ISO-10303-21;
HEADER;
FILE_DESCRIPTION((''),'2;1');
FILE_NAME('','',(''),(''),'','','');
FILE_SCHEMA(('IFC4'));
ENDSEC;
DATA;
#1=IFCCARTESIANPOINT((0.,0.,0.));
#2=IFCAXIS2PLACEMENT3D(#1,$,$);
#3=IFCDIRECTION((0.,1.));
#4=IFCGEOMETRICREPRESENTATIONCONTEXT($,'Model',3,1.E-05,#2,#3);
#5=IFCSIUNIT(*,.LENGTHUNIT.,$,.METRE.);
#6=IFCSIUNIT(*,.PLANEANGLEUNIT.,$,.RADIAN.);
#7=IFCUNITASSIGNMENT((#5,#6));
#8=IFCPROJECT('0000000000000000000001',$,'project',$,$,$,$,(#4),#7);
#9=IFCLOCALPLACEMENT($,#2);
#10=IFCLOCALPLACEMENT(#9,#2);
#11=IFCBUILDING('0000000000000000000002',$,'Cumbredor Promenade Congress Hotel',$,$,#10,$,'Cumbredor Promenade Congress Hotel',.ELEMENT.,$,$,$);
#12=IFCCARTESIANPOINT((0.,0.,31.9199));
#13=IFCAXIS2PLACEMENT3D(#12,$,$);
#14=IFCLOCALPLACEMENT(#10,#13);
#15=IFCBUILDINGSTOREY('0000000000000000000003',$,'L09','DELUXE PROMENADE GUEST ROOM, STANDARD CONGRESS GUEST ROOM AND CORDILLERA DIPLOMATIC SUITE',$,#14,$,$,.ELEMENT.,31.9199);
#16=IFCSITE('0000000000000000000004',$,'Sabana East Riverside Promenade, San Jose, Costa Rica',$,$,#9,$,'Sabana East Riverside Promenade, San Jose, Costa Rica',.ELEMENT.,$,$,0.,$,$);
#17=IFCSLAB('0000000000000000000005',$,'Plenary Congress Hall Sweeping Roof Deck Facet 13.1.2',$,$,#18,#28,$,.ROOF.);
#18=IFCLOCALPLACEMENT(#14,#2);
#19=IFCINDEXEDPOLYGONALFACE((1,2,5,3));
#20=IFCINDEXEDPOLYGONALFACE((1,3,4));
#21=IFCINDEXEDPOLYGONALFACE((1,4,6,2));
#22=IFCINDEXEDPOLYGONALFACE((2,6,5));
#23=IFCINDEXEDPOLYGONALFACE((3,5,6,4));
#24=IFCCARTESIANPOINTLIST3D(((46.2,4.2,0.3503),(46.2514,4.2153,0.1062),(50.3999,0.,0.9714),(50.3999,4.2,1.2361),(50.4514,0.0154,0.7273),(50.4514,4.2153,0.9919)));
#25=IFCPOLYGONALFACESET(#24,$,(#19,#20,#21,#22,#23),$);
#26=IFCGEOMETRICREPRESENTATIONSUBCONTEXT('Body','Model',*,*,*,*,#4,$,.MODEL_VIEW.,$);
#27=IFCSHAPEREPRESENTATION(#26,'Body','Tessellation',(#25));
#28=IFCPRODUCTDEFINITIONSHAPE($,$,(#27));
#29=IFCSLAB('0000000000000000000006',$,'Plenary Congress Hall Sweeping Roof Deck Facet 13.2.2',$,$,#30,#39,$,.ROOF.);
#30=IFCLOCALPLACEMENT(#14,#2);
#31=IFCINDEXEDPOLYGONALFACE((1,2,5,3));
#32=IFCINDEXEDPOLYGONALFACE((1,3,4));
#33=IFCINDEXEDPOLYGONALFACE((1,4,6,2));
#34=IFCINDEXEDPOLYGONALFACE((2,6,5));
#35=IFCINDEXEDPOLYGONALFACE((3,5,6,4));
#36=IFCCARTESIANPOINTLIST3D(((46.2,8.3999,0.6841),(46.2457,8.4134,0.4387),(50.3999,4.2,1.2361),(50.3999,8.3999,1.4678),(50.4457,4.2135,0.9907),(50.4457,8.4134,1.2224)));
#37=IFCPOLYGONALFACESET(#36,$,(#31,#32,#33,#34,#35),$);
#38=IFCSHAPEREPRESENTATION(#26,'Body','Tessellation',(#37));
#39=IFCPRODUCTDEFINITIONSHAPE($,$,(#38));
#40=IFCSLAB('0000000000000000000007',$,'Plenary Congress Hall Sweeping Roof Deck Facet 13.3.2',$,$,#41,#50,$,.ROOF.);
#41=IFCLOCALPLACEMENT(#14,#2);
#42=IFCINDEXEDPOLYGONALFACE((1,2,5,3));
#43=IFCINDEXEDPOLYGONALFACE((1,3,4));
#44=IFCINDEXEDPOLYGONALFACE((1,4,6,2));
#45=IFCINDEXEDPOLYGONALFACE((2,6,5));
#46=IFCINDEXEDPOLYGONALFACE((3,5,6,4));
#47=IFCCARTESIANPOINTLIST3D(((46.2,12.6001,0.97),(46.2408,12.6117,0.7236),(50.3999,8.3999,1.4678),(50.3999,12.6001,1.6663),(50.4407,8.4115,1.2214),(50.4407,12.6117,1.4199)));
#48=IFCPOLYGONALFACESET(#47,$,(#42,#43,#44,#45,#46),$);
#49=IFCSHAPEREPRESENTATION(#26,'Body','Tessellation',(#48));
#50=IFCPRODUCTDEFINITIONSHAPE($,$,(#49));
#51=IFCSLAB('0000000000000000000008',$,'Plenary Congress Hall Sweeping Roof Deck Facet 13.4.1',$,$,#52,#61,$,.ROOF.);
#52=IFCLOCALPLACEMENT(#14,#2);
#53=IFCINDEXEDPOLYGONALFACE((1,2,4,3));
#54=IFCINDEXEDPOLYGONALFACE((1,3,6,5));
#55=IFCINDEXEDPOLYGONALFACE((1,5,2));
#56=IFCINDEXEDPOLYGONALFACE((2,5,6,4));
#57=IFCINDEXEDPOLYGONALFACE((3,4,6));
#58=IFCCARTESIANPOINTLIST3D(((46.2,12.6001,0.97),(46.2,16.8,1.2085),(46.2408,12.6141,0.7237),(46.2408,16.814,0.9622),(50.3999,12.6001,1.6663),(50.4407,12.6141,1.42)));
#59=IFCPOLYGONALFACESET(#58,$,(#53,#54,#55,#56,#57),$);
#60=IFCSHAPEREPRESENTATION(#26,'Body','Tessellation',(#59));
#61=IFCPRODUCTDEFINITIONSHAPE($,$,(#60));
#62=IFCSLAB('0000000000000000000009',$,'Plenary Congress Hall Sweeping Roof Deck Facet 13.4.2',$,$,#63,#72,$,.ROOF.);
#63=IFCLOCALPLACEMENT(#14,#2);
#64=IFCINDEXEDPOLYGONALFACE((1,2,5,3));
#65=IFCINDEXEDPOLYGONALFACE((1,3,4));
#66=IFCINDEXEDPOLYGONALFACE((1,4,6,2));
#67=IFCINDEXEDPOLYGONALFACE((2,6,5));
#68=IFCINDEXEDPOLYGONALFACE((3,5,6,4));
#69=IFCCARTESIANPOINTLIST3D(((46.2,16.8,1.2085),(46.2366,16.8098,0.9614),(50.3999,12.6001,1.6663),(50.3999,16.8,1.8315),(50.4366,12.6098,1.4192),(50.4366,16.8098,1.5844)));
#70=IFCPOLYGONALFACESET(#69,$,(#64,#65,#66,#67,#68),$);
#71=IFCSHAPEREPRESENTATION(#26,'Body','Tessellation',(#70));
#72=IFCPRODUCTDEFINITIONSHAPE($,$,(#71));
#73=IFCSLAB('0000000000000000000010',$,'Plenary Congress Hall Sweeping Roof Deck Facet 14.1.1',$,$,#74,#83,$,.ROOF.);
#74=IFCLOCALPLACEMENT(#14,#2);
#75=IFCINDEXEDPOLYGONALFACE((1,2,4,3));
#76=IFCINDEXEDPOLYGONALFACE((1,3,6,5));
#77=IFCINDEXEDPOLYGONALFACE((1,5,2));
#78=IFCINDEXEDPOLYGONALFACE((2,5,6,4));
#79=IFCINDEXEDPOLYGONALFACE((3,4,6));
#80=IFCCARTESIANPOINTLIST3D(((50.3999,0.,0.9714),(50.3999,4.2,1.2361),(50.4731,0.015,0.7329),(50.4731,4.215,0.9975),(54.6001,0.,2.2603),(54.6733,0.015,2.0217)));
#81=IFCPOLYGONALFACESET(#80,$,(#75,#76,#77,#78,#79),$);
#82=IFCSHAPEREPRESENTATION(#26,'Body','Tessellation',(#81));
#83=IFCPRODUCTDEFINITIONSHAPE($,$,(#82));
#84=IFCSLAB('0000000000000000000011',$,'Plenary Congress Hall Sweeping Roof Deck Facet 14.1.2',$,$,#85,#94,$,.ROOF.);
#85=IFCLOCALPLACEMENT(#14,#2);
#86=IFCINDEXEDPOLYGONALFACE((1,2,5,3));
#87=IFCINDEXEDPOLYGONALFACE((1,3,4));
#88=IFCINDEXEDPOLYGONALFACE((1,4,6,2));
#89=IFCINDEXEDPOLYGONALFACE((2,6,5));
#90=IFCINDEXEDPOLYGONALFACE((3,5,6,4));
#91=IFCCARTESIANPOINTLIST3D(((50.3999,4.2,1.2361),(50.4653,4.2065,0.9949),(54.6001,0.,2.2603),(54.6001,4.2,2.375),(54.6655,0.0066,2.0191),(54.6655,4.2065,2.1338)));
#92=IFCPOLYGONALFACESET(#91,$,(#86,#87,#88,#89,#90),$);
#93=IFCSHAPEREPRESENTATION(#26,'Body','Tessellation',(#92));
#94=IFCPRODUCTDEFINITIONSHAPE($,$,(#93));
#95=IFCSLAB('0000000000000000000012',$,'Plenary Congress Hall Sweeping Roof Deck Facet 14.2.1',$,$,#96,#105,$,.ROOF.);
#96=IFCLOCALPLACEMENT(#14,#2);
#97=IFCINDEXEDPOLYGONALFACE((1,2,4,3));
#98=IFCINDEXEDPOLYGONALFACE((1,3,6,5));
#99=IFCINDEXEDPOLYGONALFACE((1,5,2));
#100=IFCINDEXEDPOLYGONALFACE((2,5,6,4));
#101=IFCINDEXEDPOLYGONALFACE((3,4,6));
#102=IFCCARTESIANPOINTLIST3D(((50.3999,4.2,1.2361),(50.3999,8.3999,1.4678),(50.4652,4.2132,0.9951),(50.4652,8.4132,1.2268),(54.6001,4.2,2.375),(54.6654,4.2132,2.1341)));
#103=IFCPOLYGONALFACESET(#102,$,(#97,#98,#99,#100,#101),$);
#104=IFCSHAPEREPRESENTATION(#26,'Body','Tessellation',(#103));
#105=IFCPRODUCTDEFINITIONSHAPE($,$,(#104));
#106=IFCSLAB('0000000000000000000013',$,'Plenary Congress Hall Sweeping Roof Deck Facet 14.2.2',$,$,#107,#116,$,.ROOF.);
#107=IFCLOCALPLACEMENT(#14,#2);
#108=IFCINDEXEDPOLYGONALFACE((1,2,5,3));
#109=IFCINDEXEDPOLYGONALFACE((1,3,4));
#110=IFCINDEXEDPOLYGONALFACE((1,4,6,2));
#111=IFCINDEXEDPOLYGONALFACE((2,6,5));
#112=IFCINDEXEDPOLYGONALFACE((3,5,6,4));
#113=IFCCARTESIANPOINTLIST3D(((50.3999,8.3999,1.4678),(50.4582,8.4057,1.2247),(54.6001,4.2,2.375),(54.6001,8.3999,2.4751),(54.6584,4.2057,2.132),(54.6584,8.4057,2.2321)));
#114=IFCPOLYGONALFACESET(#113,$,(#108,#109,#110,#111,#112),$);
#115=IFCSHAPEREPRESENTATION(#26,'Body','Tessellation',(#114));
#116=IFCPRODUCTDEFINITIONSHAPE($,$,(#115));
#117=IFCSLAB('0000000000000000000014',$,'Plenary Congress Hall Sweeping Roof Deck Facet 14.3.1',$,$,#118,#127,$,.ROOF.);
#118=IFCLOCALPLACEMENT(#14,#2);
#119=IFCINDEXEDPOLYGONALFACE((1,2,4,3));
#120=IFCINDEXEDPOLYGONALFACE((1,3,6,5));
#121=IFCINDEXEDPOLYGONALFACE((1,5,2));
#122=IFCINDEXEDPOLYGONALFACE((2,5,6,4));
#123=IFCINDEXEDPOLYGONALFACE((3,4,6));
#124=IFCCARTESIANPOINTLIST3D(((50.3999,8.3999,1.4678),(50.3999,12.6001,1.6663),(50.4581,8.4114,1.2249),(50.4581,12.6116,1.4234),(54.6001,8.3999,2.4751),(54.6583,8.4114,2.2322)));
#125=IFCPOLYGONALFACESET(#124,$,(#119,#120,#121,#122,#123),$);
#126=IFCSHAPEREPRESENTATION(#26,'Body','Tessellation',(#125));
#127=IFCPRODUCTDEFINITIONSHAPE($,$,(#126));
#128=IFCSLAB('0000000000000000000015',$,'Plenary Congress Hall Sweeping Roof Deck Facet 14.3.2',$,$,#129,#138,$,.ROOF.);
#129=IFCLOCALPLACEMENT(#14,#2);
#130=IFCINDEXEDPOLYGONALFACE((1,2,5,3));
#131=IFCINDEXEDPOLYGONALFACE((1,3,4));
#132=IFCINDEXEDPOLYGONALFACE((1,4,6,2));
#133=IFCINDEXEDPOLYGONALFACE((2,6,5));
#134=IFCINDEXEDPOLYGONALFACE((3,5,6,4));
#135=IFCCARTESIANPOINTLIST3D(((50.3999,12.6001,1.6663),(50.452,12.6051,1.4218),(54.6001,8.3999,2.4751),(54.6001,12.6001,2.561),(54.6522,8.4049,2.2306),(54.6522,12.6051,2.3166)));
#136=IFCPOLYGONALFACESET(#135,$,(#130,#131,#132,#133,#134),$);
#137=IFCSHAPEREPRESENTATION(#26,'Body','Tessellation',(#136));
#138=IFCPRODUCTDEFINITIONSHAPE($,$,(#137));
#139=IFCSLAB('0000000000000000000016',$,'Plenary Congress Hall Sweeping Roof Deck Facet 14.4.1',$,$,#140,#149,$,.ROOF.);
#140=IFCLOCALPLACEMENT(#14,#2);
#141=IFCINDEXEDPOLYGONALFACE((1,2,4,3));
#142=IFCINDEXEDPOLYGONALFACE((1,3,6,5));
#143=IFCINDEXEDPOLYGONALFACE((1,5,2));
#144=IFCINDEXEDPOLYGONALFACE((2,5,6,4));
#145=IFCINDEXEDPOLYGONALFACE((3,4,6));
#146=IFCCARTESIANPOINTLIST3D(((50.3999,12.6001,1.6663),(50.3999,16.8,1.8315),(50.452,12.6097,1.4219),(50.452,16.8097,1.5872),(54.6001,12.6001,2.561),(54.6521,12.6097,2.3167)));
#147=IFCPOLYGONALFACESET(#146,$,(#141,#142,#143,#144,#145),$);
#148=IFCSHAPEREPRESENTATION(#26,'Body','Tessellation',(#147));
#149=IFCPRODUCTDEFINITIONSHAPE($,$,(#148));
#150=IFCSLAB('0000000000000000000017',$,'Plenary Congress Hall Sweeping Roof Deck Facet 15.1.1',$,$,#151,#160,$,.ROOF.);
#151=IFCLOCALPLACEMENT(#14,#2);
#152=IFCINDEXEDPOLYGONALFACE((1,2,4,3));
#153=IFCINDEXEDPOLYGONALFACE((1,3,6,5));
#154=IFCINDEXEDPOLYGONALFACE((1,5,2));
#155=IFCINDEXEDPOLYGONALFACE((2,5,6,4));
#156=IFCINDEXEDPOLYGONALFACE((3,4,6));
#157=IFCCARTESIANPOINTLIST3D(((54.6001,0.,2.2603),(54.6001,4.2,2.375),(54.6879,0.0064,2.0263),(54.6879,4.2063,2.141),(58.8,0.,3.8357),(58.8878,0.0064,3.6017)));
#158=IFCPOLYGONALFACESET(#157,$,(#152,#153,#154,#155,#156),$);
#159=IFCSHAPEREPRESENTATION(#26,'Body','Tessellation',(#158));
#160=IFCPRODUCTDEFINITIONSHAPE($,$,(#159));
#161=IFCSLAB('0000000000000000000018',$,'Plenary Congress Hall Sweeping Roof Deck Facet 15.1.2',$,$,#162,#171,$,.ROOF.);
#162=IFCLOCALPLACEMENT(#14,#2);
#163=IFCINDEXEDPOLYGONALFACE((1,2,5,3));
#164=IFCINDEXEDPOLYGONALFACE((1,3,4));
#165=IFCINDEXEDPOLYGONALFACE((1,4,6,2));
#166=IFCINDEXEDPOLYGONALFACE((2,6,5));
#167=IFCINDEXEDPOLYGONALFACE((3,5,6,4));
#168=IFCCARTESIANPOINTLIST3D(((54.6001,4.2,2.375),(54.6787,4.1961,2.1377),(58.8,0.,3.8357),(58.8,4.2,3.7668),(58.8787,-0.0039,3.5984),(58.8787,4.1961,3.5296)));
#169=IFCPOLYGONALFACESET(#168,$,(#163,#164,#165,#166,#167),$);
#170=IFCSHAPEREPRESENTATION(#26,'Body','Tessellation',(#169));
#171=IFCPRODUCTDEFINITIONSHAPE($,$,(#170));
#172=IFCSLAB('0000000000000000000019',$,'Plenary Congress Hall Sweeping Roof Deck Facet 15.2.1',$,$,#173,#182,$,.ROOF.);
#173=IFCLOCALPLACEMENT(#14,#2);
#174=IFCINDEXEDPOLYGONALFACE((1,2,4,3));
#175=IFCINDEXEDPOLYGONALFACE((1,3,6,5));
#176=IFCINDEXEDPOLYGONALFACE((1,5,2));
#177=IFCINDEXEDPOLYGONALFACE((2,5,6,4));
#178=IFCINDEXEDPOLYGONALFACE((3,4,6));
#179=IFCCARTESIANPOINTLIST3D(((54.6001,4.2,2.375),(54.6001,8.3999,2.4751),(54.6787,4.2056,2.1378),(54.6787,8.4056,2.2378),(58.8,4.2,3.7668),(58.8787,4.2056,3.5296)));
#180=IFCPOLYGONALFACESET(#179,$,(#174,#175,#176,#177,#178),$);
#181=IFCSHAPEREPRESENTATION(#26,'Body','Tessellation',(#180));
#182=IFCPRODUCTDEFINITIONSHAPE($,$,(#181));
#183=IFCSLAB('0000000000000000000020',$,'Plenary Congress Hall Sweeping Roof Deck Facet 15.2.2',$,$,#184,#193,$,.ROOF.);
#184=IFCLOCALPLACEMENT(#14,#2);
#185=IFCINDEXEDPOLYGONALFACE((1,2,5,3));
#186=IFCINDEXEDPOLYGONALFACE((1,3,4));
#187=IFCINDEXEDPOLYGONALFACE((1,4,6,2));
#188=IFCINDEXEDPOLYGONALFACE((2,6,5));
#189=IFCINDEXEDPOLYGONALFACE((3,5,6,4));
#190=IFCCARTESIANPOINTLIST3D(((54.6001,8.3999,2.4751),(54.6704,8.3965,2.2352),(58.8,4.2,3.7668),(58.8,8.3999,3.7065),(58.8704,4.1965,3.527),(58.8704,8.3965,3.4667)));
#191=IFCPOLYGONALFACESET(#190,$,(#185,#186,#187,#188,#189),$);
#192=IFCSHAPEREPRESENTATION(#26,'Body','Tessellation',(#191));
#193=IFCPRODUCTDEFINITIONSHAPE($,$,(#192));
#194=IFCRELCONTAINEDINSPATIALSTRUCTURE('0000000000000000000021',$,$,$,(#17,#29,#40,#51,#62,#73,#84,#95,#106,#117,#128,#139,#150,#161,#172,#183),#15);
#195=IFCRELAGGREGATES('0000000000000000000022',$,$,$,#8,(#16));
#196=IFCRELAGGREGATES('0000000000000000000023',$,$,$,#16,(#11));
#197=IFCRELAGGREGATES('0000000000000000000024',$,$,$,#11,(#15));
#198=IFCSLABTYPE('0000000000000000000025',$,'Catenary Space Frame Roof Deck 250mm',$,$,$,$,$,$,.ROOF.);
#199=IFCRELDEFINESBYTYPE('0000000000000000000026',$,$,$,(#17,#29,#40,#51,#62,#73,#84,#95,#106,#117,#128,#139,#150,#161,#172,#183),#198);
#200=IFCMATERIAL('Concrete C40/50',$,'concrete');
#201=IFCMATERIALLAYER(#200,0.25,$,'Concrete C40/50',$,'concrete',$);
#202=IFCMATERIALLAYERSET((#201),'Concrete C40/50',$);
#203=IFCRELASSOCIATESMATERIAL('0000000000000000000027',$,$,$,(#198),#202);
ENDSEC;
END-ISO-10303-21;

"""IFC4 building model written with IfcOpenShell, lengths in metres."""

from ifc_helpers import new_model, si_unit, direction, frame, origin, place, context, subcontext, project, spatial, polyline, outline, extrude, material, layer, layer_set, type_object, element, save


model = new_model("IFC4")

# Units and contexts
model_context = context("Model", 3, precision=1e-05, world=origin(), true_north=direction((0.0, 1.0)))
body_context = subcontext(model_context, "Body", "Model", "MODEL_VIEW")
ifc_project = project(units=[si_unit("LENGTHUNIT", "METRE"), si_unit("PLANEANGLEUNIT", "RADIAN")], contexts=[model_context])

# Site, building, storey
site_placement = place(None, origin())
site = spatial("IfcSite", under=ifc_project, at=site_placement, Name="Sabana East Riverside Promenade, San Jose, Costa Rica", LongName="Sabana East Riverside Promenade, San Jose, Costa Rica", CompositionType="ELEMENT", RefElevation=0.0)
building_placement = place(site_placement, origin())
building = spatial("IfcBuilding", under=site, at=building_placement, Name="Cumbredor Promenade Congress Hotel", LongName="Cumbredor Promenade Congress Hotel", CompositionType="ELEMENT")
storey_placement = place(building_placement, frame((0.0, 0.0, 31.9199)))
storey = spatial("IfcBuildingStorey", under=building, at=storey_placement, Name="L09", Description="DELUXE PROMENADE GUEST ROOM, STANDARD CONGRESS GUEST ROOM AND CORDILLERA DIPLOMATIC SUITE", CompositionType="ELEMENT", Elevation=31.9199)

# Slabs
ifc_material_1 = material(Name="Concrete C40/50", Category="concrete")
ifc_layer_1 = layer(ifc_material_1, 0.25, Name="Concrete C40/50", Category="concrete")
ifc_layer_set_1 = layer_set([ifc_layer_1], Name="Concrete C40/50")
slab_type = type_object("IfcSlabType", Name="Catenary Space Frame Roof Deck 250mm", PredefinedType="ROOF", material=ifc_layer_set_1)
slab_1_placement = place(storey_placement, frame((50.3999, 0.0, 0.9714), z_axis=(-0.205963, -0.061539, 0.976623), x_axis=(0.0, 0.998021, 0.062888)))
element("IfcSlab", 1, at=slab_1_placement, inside=storey, type_object=slab_type, Name="Plenary Congress Hall Sweeping Roof Deck Facet 13.1.2", PredefinedType="ROOF", context=body_context, shape_type="SweptSolid", body=[
    extrude(outline(polyline([(0.0, 0.0), (4.2083, 0.0), (4.1526, 4.292), (0.0, 0.0)])), origin(), (0.0, 0.0, -1.0), 0.25),
])
slab_2_placement = place(storey_placement, frame((50.3999, 4.2, 1.2361), z_axis=(-0.18316, -0.054149, 0.981591), x_axis=(0.0, 0.998482, 0.055081)))
element("IfcSlab", 2, at=slab_2_placement, inside=storey, type_object=slab_type, Name="Plenary Congress Hall Sweeping Roof Deck Facet 13.2.2", PredefinedType="ROOF", context=body_context, shape_type="SweptSolid", body=[
    extrude(outline(polyline([(0.0, 0.0), (4.2063, 0.0), (4.1632, 4.2722), (0.0, 0.0)])), origin(), (0.0, 0.0, -1.0), 0.25),
])
slab_3_placement = place(storey_placement, frame((50.3999, 8.3999, 1.4678), z_axis=(-0.163375, -0.04657, 0.985464), x_axis=(0.0, 0.998885, 0.047204)))
element("IfcSlab", 3, at=slab_3_placement, inside=storey, type_object=slab_type, Name="Plenary Congress Hall Sweeping Roof Deck Facet 13.3.2", PredefinedType="ROOF", context=body_context, shape_type="SweptSolid", body=[
    extrude(outline(polyline([(0.0, 0.0), (4.2049, 0.0), (4.172, 4.2572), (0.0, 0.0)])), origin(), (0.0, 0.0, -1.0), 0.25),
])
slab_4_placement = place(storey_placement, frame((46.2, 12.6001, 0.97), z_axis=(-0.163297, -0.05594, 0.98499), x_axis=(0.986535, 0.0, 0.163553)))
element("IfcSlab", 4, at=slab_4_placement, inside=storey, type_object=slab_type, Name="Plenary Congress Hall Sweeping Roof Deck Facet 13.4.1", PredefinedType="ROOF", context=body_context, shape_type="SweptSolid", body=[
    extrude(outline(polyline([(0.0, 0.0), (4.2573, 0.0), (0.039, 4.2065), (0.0, 0.0)])), origin(), (0.0, 0.0, -1.0), 0.25),
])
slab_5_placement = place(storey_placement, frame((50.3999, 12.6001, 1.6663), z_axis=(-0.146629, -0.038898, 0.988426), x_axis=(0.0, 0.999227, 0.039323)))
element("IfcSlab", 5, at=slab_5_placement, inside=storey, type_object=slab_type, Name="Plenary Congress Hall Sweeping Roof Deck Facet 13.4.2", PredefinedType="ROOF", context=body_context, shape_type="SweptSolid", body=[
    extrude(outline(polyline([(0.0, 0.0), (4.2032, 0.0), (4.1787, 4.2458), (0.0, 0.0)])), origin(), (0.0, 0.0, -1.0), 0.25),
])
slab_6_placement = place(storey_placement, frame((50.3999, 0.0, 0.9714), z_axis=(-0.292817, -0.060131, 0.954276), x_axis=(0.956006, 0.0, 0.293348)))
element("IfcSlab", 6, at=slab_6_placement, inside=storey, type_object=slab_type, Name="Plenary Congress Hall Sweeping Roof Deck Facet 14.1.1", PredefinedType="ROOF", context=body_context, shape_type="SweptSolid", body=[
    extrude(outline(polyline([(0.0, 0.0), (4.3935, 0.0), (0.0776, 4.2076), (0.0, 0.0)])), origin(), (0.0, 0.0, -1.0), 0.25),
])
slab_7_placement = place(storey_placement, frame((54.6001, 0.0, 2.2603), z_axis=(-0.261616, -0.026359, 0.964812), x_axis=(0.0, 0.999627, 0.027311)))
element("IfcSlab", 7, at=slab_7_placement, inside=storey, type_object=slab_type, Name="Plenary Congress Hall Sweeping Roof Deck Facet 14.1.2", PredefinedType="ROOF", context=body_context, shape_type="SweptSolid", body=[
    extrude(outline(polyline([(0.0, 0.0), (4.2015, 0.0), (4.1704, 4.3518), (0.0, 0.0)])), origin(), (0.0, 0.0, -1.0), 0.25),
])
slab_8_placement = place(storey_placement, frame((50.3999, 4.2, 1.2361), z_axis=(-0.261337, -0.053167, 0.963782), x_axis=(0.965147, 0.0, 0.261707)))
element("IfcSlab", 8, at=slab_8_placement, inside=storey, type_object=slab_type, Name="Plenary Congress Hall Sweeping Roof Deck Facet 14.2.1", PredefinedType="ROOF", context=body_context, shape_type="SweptSolid", body=[
    extrude(outline(polyline([(0.0, 0.0), (4.3519, 0.0), (0.0606, 4.2059), (0.0, 0.0)])), origin(), (0.0, 0.0, -1.0), 0.25),
])
slab_9_placement = place(storey_placement, frame((54.6001, 4.2, 2.375), z_axis=(-0.233152, -0.02317, 0.972164), x_axis=(0.0, 0.999716, 0.023826)))
element("IfcSlab", 9, at=slab_9_placement, inside=storey, type_object=slab_type, Name="Plenary Congress Hall Sweeping Roof Deck Facet 14.2.2", PredefinedType="ROOF", context=body_context, shape_type="SweptSolid", body=[
    extrude(outline(polyline([(0.0, 0.0), (4.2011, 0.0), (4.1771, 4.3192), (0.0, 0.0)])), origin(), (0.0, 0.0, -1.0), 0.25),
])
slab_10_placement = place(storey_placement, frame((50.3999, 8.3999, 1.4678), z_axis=(-0.232969, -0.045905, 0.9714), x_axis=(0.972425, 0.0, 0.233215)))
element("IfcSlab", 10, at=slab_10_placement, inside=storey, type_object=slab_type, Name="Plenary Congress Hall Sweeping Roof Deck Facet 14.3.1", PredefinedType="ROOF", context=body_context, shape_type="SweptSolid", body=[
    extrude(outline(polyline([(0.0, 0.0), (4.3193, 0.0), (0.0463, 4.2046), (0.0, 0.0)])), origin(), (0.0, 0.0, -1.0), 0.25),
])
slab_11_placement = place(storey_placement, frame((54.6001, 8.3999, 2.4751), z_axis=(-0.208315, -0.020007, 0.977857), x_axis=(0.0, 0.999791, 0.020456)))
element("IfcSlab", 11, at=slab_11_placement, inside=storey, type_object=slab_type, Name="Plenary Congress Hall Sweeping Roof Deck Facet 14.3.2", PredefinedType="ROOF", context=body_context, shape_type="SweptSolid", body=[
    extrude(outline(polyline([(0.0, 0.0), (4.2011, 0.0), (4.1828, 4.2944), (0.0, 0.0)])), origin(), (0.0, 0.0, -1.0), 0.25),
])
slab_12_placement = place(storey_placement, frame((50.3999, 12.6001, 1.6663), z_axis=(-0.208202, -0.038461, 0.977329), x_axis=(0.978053, 0.0, 0.208356)))
element("IfcSlab", 12, at=slab_12_placement, inside=storey, type_object=slab_type, Name="Plenary Congress Hall Sweeping Roof Deck Facet 14.4.1", PredefinedType="ROOF", context=body_context, shape_type="SweptSolid", body=[
    extrude(outline(polyline([(0.0, 0.0), (4.2944, 0.0), (0.0344, 4.2031), (0.0, 0.0)])), origin(), (0.0, 0.0, -1.0), 0.25),
])
slab_13_placement = place(storey_placement, frame((54.6001, 0.0, 2.2603), z_axis=(-0.351098, -0.025572, 0.935989), x_axis=(0.936296, 0.0, 0.351213)))
element("IfcSlab", 13, at=slab_13_placement, inside=storey, type_object=slab_type, Name="Plenary Congress Hall Sweeping Roof Deck Facet 15.1.1", PredefinedType="ROOF", context=body_context, shape_type="SweptSolid", body=[
    extrude(outline(polyline([(0.0, 0.0), (4.4857, 0.0), (0.0403, 4.2013), (0.0, 0.0)])), origin(), (0.0, 0.0, -1.0), 0.25),
])
slab_14_placement = place(storey_placement, frame((58.8, 0.0, 3.8357), z_axis=(-0.314534, 0.015558, 0.949119), x_axis=(0.0, 0.999866, -0.01639)))
element("IfcSlab", 14, at=slab_14_placement, inside=storey, type_object=slab_type, Name="Plenary Congress Hall Sweeping Roof Deck Facet 15.1.2", PredefinedType="ROOF", context=body_context, shape_type="SweptSolid", body=[
    extrude(outline(polyline([(0.0, 0.0), (4.2005, 0.0), (4.2233, 4.4245), (0.0, 0.0)])), origin(), (0.0, 0.0, -1.0), 0.25),
])
slab_15_placement = place(storey_placement, frame((54.6001, 4.2, 2.375), z_axis=(-0.314491, -0.022617, 0.948991), x_axis=(0.949234, 0.0, 0.314572)))
element("IfcSlab", 15, at=slab_15_placement, inside=storey, type_object=slab_type, Name="Plenary Congress Hall Sweeping Roof Deck Facet 15.2.1", PredefinedType="ROOF", context=body_context, shape_type="SweptSolid", body=[
    extrude(outline(polyline([(0.0, 0.0), (4.4246, 0.0), (0.0315, 4.201), (0.0, 0.0)])), origin(), (0.0, 0.0, -1.0), 0.25),
])
slab_16_placement = place(storey_placement, frame((58.8, 4.2, 3.7668), z_axis=(-0.281333, 0.013777, 0.959511), x_axis=(0.0, 0.999897, -0.014356)))
element("IfcSlab", 16, at=slab_16_placement, inside=storey, type_object=slab_type, Name="Plenary Congress Hall Sweeping Roof Deck Facet 15.2.2", PredefinedType="ROOF", context=body_context, shape_type="SweptSolid", body=[
    extrude(outline(polyline([(0.0, 0.0), (4.2004, 0.0), (4.2181, 4.3767), (0.0, 0.0)])), origin(), (0.0, 0.0, -1.0), 0.25),
])

save(model, "model.ifc")
